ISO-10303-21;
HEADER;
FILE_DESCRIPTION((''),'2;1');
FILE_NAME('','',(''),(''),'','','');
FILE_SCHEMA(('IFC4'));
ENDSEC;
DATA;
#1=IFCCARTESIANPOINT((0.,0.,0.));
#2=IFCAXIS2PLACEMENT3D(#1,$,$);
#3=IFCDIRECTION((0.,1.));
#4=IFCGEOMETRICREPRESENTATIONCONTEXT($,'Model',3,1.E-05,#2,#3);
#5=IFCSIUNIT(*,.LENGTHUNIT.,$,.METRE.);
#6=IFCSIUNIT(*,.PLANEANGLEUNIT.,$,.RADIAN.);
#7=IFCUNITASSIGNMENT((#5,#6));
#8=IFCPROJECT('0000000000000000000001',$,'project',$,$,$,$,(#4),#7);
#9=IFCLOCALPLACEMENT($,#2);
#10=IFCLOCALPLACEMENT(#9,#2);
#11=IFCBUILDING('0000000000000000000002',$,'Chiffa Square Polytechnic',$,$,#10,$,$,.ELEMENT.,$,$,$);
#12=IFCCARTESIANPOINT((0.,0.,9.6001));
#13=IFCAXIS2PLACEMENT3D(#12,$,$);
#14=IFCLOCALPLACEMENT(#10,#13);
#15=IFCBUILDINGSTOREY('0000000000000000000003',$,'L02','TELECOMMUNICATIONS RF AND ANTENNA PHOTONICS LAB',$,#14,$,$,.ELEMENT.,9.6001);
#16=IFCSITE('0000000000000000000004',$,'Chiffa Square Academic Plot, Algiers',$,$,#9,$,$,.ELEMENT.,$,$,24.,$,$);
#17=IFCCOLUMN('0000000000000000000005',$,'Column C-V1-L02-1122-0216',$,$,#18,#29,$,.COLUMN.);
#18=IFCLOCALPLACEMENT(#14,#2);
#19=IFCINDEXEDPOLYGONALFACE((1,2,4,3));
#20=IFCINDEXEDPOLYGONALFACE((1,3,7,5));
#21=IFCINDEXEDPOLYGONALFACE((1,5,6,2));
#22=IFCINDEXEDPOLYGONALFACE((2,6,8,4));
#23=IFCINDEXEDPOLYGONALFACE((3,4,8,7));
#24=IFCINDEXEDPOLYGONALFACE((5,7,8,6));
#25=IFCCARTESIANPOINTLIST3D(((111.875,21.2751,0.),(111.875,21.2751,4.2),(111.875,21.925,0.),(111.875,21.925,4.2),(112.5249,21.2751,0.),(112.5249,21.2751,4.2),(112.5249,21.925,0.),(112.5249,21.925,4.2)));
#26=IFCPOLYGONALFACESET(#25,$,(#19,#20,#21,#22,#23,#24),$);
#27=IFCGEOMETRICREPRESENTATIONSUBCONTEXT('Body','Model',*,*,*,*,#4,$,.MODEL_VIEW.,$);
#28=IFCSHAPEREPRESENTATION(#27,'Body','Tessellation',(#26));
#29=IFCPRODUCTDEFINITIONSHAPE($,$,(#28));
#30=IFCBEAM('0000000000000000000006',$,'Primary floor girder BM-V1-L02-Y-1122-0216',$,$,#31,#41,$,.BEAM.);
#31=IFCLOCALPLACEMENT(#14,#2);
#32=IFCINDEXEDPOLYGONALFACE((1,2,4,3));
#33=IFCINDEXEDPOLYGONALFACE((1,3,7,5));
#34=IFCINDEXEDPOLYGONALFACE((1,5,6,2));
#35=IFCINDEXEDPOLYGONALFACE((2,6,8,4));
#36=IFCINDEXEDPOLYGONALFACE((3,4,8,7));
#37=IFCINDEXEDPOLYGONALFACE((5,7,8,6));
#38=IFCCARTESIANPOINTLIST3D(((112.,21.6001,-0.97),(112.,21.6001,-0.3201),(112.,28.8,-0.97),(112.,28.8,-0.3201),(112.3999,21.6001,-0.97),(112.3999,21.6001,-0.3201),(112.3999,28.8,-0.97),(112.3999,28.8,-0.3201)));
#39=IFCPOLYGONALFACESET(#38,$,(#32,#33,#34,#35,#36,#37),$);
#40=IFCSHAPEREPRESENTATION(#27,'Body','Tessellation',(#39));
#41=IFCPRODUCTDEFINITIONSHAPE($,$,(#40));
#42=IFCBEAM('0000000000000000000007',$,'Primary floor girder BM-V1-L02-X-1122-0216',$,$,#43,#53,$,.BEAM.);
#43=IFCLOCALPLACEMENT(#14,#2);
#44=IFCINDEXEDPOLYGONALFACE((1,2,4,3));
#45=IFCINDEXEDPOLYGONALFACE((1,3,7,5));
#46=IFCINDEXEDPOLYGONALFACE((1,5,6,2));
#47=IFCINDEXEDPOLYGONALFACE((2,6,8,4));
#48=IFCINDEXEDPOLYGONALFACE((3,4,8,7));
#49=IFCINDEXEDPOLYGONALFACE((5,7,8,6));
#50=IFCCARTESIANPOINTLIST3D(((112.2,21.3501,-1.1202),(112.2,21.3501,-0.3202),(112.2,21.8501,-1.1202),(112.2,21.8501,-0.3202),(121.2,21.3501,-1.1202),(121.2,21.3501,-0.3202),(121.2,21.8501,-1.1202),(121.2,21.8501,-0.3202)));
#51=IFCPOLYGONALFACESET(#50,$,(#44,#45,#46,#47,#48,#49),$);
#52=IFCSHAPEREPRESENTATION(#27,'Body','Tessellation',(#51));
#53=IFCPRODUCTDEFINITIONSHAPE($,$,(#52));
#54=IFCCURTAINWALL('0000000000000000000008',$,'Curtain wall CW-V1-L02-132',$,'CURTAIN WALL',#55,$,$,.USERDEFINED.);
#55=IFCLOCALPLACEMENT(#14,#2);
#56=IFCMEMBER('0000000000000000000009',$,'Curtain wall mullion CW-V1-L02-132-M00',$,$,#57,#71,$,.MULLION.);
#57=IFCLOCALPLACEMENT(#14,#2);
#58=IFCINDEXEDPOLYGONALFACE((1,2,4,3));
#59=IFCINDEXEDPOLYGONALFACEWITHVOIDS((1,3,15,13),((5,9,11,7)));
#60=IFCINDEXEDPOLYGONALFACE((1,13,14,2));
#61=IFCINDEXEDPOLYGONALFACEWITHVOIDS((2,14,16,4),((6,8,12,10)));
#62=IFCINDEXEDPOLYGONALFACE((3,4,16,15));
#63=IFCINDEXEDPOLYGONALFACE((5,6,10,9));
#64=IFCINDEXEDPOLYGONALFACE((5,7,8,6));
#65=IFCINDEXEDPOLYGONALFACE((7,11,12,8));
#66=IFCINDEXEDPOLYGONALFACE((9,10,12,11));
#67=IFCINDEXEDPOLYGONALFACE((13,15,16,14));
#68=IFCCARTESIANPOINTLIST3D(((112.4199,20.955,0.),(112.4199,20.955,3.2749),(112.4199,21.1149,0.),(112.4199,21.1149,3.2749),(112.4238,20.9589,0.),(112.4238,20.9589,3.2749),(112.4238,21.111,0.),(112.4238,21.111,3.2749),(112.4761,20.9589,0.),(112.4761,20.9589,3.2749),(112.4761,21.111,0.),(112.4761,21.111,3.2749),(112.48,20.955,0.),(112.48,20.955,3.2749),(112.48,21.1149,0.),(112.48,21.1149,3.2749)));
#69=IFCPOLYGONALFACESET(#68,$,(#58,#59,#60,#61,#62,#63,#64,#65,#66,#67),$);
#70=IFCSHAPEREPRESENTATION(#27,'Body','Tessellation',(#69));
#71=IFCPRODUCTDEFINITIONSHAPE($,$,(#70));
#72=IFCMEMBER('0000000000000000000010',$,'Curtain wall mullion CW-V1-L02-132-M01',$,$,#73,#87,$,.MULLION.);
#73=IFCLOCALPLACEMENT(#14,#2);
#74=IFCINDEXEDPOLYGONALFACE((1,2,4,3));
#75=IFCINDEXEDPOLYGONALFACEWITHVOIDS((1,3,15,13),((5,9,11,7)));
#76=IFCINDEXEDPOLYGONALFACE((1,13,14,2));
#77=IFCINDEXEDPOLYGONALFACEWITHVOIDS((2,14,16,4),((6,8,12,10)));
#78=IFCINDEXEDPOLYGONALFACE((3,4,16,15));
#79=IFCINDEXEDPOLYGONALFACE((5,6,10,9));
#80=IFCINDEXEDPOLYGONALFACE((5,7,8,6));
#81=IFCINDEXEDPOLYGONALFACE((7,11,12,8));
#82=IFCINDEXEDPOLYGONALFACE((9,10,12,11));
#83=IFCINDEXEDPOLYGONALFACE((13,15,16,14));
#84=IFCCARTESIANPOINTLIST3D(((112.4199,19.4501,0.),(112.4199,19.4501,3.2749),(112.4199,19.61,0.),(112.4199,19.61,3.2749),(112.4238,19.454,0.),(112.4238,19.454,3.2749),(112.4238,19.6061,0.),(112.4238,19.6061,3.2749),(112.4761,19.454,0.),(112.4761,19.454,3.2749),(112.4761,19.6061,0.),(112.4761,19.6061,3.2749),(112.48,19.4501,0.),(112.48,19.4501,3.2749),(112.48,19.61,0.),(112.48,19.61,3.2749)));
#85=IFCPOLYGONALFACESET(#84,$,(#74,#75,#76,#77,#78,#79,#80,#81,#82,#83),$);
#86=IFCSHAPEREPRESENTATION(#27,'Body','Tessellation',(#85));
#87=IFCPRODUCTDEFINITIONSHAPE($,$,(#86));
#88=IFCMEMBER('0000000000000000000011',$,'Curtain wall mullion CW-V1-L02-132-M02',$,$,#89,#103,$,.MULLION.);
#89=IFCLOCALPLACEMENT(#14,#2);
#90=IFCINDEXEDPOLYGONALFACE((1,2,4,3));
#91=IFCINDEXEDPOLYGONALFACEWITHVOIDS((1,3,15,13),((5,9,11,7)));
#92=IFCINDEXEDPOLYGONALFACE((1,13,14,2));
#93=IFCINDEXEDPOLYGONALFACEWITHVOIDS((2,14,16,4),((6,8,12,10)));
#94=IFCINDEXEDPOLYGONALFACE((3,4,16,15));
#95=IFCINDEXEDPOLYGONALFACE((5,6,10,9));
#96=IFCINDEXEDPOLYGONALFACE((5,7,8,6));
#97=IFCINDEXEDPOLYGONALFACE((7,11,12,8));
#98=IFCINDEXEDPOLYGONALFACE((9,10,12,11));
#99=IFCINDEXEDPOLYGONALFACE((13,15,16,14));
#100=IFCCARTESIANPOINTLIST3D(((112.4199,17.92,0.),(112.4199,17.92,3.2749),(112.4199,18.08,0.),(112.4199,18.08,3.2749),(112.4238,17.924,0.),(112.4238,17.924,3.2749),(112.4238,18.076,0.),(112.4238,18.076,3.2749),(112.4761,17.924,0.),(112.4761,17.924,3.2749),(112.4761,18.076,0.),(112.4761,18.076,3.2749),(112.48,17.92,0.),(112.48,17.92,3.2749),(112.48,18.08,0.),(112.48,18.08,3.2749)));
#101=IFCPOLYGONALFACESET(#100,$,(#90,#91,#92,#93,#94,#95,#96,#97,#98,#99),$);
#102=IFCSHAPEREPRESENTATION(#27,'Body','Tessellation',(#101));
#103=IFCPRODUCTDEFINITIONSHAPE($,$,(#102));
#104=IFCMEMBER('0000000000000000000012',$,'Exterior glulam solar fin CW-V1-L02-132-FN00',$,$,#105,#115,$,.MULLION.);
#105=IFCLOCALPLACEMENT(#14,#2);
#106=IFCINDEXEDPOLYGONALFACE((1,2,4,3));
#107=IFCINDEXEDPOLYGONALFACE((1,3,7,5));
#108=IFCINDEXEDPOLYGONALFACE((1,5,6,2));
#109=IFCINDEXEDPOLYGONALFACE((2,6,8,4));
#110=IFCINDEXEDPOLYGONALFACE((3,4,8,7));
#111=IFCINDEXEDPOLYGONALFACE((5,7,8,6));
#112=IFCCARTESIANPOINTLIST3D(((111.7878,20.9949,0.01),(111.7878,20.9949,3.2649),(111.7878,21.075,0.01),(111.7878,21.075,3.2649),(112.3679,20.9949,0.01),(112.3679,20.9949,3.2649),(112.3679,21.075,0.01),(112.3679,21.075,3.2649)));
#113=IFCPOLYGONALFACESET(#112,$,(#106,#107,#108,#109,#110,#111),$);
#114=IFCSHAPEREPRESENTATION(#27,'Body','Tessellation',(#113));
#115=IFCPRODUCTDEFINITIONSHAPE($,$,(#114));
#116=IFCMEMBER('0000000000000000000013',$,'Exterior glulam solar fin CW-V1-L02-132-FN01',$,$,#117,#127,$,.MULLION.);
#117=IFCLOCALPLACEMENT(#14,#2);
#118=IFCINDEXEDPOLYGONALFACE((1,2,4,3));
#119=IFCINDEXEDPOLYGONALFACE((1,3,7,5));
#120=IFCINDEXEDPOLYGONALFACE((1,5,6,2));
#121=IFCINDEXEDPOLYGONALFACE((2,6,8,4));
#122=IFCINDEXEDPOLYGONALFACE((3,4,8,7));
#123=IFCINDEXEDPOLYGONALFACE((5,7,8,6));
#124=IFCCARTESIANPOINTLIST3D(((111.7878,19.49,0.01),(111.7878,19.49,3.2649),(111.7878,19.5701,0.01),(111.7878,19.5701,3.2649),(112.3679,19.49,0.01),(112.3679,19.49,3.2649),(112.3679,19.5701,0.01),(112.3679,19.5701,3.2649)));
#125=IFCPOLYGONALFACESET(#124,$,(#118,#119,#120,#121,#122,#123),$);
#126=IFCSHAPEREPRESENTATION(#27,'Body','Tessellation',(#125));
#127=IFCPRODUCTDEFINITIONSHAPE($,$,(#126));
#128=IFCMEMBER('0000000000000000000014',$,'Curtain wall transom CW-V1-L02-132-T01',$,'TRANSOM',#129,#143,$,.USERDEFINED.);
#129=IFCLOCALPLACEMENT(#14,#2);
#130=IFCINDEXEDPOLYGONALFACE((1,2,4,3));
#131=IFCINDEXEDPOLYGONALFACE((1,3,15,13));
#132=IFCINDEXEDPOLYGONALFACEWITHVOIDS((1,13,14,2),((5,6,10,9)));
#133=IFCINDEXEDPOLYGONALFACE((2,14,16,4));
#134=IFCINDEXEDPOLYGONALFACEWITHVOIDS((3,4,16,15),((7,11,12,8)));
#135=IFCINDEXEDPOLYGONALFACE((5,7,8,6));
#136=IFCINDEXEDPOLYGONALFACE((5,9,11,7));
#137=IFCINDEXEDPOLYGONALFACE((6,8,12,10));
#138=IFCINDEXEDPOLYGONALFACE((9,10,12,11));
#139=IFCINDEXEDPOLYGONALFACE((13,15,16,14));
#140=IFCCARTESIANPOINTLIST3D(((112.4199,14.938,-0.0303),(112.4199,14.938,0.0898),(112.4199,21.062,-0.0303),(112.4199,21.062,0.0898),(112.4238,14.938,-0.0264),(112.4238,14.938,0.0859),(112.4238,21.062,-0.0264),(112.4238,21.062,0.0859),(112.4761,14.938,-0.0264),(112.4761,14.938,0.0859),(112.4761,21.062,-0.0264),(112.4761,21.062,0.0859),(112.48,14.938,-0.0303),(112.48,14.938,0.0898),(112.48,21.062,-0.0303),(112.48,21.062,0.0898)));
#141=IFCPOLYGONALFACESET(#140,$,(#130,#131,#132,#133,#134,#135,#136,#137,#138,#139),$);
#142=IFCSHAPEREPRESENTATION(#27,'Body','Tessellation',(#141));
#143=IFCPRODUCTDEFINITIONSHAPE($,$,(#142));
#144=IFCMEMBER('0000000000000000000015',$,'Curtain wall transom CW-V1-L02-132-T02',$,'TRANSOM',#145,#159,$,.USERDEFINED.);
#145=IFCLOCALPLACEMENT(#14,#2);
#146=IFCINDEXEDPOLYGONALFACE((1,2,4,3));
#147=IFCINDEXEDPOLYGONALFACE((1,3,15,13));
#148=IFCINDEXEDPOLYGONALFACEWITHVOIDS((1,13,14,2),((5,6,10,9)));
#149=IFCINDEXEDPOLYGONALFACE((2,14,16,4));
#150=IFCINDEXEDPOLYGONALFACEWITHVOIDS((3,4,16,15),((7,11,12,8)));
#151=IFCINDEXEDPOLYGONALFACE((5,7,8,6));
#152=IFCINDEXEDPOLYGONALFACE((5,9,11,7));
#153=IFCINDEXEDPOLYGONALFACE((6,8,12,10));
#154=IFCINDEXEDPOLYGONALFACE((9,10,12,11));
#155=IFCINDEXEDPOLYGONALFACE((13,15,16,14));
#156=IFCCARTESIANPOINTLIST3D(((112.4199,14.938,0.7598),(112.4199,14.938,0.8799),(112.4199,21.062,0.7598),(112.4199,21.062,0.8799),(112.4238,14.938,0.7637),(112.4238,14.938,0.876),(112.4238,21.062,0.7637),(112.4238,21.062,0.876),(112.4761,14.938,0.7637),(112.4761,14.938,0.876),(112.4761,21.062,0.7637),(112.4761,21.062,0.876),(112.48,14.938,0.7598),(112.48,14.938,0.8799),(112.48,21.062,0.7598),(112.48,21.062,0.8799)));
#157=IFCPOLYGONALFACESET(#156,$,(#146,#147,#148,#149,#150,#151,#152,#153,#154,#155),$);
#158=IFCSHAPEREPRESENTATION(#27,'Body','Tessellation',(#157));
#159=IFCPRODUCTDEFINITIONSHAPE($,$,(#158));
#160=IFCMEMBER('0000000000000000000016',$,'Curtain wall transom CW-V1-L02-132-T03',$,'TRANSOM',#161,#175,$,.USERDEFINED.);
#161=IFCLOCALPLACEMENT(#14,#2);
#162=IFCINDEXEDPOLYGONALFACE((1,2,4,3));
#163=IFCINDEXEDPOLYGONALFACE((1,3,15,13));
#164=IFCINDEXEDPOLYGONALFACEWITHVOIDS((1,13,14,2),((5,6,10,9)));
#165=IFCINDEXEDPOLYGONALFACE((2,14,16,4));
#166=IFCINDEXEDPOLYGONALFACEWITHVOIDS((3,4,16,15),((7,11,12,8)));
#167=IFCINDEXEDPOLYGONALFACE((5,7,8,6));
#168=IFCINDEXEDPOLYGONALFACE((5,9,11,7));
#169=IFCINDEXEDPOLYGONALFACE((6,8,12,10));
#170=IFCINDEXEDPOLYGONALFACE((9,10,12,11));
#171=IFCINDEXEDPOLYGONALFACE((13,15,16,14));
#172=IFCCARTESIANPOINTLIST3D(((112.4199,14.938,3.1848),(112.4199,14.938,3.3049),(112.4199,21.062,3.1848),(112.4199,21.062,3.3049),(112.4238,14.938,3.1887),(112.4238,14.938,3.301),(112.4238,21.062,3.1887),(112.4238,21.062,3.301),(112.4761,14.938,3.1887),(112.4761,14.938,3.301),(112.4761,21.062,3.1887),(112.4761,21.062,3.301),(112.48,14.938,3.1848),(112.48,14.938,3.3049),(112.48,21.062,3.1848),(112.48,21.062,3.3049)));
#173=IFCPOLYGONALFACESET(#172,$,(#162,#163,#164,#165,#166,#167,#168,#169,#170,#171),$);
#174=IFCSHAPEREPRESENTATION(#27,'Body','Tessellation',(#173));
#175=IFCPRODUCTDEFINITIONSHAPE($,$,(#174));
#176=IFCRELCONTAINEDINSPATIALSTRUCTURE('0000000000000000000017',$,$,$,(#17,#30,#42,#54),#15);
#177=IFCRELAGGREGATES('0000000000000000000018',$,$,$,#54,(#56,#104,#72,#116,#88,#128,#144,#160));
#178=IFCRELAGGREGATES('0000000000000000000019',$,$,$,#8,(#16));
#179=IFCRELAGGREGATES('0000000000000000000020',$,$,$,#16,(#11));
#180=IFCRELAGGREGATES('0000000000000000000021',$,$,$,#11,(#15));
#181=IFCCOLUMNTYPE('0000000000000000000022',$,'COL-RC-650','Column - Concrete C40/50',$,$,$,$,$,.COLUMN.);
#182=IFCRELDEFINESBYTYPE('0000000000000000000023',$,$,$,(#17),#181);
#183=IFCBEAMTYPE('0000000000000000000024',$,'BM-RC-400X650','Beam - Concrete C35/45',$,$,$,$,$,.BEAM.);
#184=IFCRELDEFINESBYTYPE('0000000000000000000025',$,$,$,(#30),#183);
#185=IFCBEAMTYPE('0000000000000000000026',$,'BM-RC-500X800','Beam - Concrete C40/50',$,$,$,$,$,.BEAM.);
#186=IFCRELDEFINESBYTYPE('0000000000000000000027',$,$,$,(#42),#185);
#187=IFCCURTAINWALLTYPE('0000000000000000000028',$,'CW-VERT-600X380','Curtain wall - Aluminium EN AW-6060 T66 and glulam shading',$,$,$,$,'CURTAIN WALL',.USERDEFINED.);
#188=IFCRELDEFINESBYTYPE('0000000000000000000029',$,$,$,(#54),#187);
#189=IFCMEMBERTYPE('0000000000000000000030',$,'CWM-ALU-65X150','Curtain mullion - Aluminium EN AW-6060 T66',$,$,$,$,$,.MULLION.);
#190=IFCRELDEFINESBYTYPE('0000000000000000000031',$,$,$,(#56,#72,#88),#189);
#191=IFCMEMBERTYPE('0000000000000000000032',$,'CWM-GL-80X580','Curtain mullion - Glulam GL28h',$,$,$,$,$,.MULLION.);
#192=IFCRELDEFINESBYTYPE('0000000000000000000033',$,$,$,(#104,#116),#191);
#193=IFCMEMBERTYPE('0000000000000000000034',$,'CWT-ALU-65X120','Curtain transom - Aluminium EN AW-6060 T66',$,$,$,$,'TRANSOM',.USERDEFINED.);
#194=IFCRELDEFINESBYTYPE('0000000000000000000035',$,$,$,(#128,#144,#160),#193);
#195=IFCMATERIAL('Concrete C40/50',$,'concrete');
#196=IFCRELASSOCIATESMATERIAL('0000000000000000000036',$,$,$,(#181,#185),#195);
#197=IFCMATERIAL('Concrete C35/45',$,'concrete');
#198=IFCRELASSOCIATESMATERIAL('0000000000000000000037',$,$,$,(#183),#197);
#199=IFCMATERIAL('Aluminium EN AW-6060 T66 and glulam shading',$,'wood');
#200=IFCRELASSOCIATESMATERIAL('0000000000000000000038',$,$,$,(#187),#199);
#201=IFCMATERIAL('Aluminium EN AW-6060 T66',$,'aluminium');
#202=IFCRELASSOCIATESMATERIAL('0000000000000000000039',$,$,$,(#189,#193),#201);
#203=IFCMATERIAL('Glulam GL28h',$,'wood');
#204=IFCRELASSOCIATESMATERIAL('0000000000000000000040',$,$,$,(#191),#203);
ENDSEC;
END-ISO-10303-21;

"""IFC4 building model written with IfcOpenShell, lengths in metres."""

from ifc_helpers import new_model, si_unit, direction, frame, origin, origin_2d, place, context, subcontext, project, spatial, rectangle, hollow_rectangle, extrude, material, material_profile, profile_set, type_object, element, aggregate, save


model = new_model("IFC4")

# Units and contexts
model_context = context("Model", 3, precision=1e-05, world=origin(), true_north=direction((0.0, 1.0)))
body_context = subcontext(model_context, "Body", "Model", "MODEL_VIEW")
ifc_project = project(units=[si_unit("LENGTHUNIT", "METRE"), si_unit("PLANEANGLEUNIT", "RADIAN")], contexts=[model_context])

# Site, building, storey
site_placement = place(None, origin())
site = spatial("IfcSite", under=ifc_project, at=site_placement, Name="Chiffa Square Academic Plot, Algiers", CompositionType="ELEMENT", RefElevation=24.0)
building_placement = place(site_placement, origin())
building = spatial("IfcBuilding", under=site, at=building_placement, Name="Chiffa Square Polytechnic", CompositionType="ELEMENT")
storey_placement = place(building_placement, frame((0.0, 0.0, 9.6001)))
storey = spatial("IfcBuildingStorey", under=building, at=storey_placement, Name="L02", Description="TELECOMMUNICATIONS RF AND ANTENNA PHOTONICS LAB", CompositionType="ELEMENT", Elevation=9.6001)

# Column
ifc_material_1 = material(Name="Concrete C40/50", Category="concrete")
ifc_material_profile_1 = material_profile(ifc_material_1, rectangle(XDim=0.6499, YDim=0.6499, at=origin_2d()), Name="RC 650x650")
ifc_profile_set_1 = profile_set([ifc_material_profile_1], Name="Concrete C40/50")
column_type = type_object("IfcColumnType", Name="COL-RC-650", Description="Column - Concrete C40/50", PredefinedType="COLUMN", material=ifc_profile_set_1)
column_placement = place(storey_placement, frame((112.2, 21.6001, 0.0), z_axis=(0.0, 0.0, 1.0), x_axis=(1.0, 0.0, 0.0)))
element("IfcColumn", 1, at=column_placement, inside=storey, type_object=column_type, Name="Column C-V1-L02-1122-0216", PredefinedType="COLUMN", context=body_context, shape_type="SweptSolid", body=[
    extrude(rectangle(XDim=0.6499, YDim=0.6499, at=origin_2d()), origin(), (0.0, 0.0, 1.0), 4.2),
])

# Beams
ifc_material_2 = material(Name="Concrete C35/45", Category="concrete")
ifc_material_profile_2 = material_profile(ifc_material_2, rectangle(XDim=0.3999, YDim=0.6499, at=origin_2d()), Name="RC 400x650")
ifc_profile_set_2 = profile_set([ifc_material_profile_2], Name="Concrete C35/45")
beam_type_1 = type_object("IfcBeamType", Name="BM-RC-400X650", Description="Beam - Concrete C35/45", PredefinedType="BEAM", material=ifc_profile_set_2)
beam_1_placement = place(storey_placement, frame((112.2, 21.6001, -0.645), z_axis=(0.0, 1.0, 0.0), x_axis=(-1.0, 0.0, 0.0)))
element("IfcBeam", 2, at=beam_1_placement, inside=storey, type_object=beam_type_1, Name="Primary floor girder BM-V1-L02-Y-1122-0216", PredefinedType="BEAM", context=body_context, shape_type="SweptSolid", body=[
    extrude(rectangle(XDim=0.3999, YDim=0.6499, at=origin_2d()), origin(), (0.0, 0.0, 1.0), 7.2),
])
ifc_material_profile_3 = material_profile(ifc_material_1, rectangle(XDim=0.5, YDim=0.8, at=origin_2d()), Name="RC 500x800")
ifc_profile_set_3 = profile_set([ifc_material_profile_3], Name="Concrete C40/50")
beam_type_2 = type_object("IfcBeamType", Name="BM-RC-500X800", Description="Beam - Concrete C40/50", PredefinedType="BEAM", material=ifc_profile_set_3)
beam_2_placement = place(storey_placement, frame((112.2, 21.6001, -0.7202), z_axis=(1.0, 0.0, 0.0), x_axis=(0.0, 1.0, 0.0)))
element("IfcBeam", 3, at=beam_2_placement, inside=storey, type_object=beam_type_2, Name="Primary floor girder BM-V1-L02-X-1122-0216", PredefinedType="BEAM", context=body_context, shape_type="SweptSolid", body=[
    extrude(rectangle(XDim=0.5, YDim=0.8, at=origin_2d()), origin(), (0.0, 0.0, 1.0), 9.0),
])

# Curtain wall, members
ifc_material_3 = material(Name="Aluminium EN AW-6060 T66 and glulam shading", Category="wood")
curtain_wall_type = type_object("IfcCurtainWallType", Name="CW-VERT-600X380", Description="Curtain wall - Aluminium EN AW-6060 T66 and glulam shading", ElementType="CURTAIN WALL", PredefinedType="USERDEFINED", material=ifc_material_3)
curtain_wall_placement = place(storey_placement, origin())
curtain_wall = element("IfcCurtainWall", 4, at=curtain_wall_placement, inside=storey, type_object=curtain_wall_type, Name="Curtain wall CW-V1-L02-132", ObjectType="CURTAIN WALL", PredefinedType="USERDEFINED")
ifc_material_4 = material(Name="Aluminium EN AW-6060 T66", Category="aluminium")
ifc_material_profile_4 = material_profile(ifc_material_4, hollow_rectangle(XDim=0.0601, YDim=0.1599, WallThickness=0.0039, at=origin_2d()), Name="ALU 60x160x4")
ifc_profile_set_4 = profile_set([ifc_material_profile_4], Name="Aluminium EN AW-6060 T66")
member_type_1 = type_object("IfcMemberType", Name="CWM-ALU-65X150", Description="Curtain mullion - Aluminium EN AW-6060 T66", PredefinedType="MULLION", material=ifc_profile_set_4)
member_1_placement = place(storey_placement, frame((112.45, 21.0349, 0.0), z_axis=(0.0, 0.0, 1.0), x_axis=(1.0, 0.0, 0.0)))
member_1 = element("IfcMember", 5, at=member_1_placement, type_object=member_type_1, Name="Curtain wall mullion CW-V1-L02-132-M00", PredefinedType="MULLION", context=body_context, shape_type="SweptSolid", body=[
    extrude(hollow_rectangle(XDim=0.0601, YDim=0.1599, WallThickness=0.0039, at=origin_2d()), origin(), (0.0, 0.0, 1.0), 3.2749),
])
member_2_placement = place(storey_placement, frame((112.45, 19.53, 0.0), z_axis=(0.0, 0.0, 1.0), x_axis=(1.0, 0.0, 0.0)))
member_2 = element("IfcMember", 6, at=member_2_placement, type_object=member_type_1, Name="Curtain wall mullion CW-V1-L02-132-M01", PredefinedType="MULLION", context=body_context, shape_type="SweptSolid", body=[
    extrude(hollow_rectangle(XDim=0.0601, YDim=0.1599, WallThickness=0.0039, at=origin_2d()), origin(), (0.0, 0.0, 1.0), 3.2749),
])
member_3_placement = place(storey_placement, frame((112.45, 18.0, 0.0), z_axis=(0.0, 0.0, 1.0), x_axis=(1.0, 0.0, 0.0)))
member_3 = element("IfcMember", 7, at=member_3_placement, type_object=member_type_1, Name="Curtain wall mullion CW-V1-L02-132-M02", PredefinedType="MULLION", context=body_context, shape_type="SweptSolid", body=[
    extrude(hollow_rectangle(XDim=0.0601, YDim=0.1599, WallThickness=0.0039, at=origin_2d()), origin(), (0.0, 0.0, 1.0), 3.2749),
])
ifc_material_5 = material(Name="Glulam GL28h", Category="wood")
ifc_material_profile_5 = material_profile(ifc_material_5, rectangle(XDim=0.0801, YDim=0.5801, at=origin_2d()), Name="GL28h 80x580")
ifc_profile_set_5 = profile_set([ifc_material_profile_5], Name="Glulam GL28h")
member_type_2 = type_object("IfcMemberType", Name="CWM-GL-80X580", Description="Curtain mullion - Glulam GL28h", PredefinedType="MULLION", material=ifc_profile_set_5)
member_4_placement = place(storey_placement, frame((112.0779, 21.0349, 0.01), z_axis=(0.0, 0.0, 1.0), x_axis=(0.0, -1.0, 0.0)))
member_4 = element("IfcMember", 8, at=member_4_placement, type_object=member_type_2, Name="Exterior glulam solar fin CW-V1-L02-132-FN00", PredefinedType="MULLION", context=body_context, shape_type="SweptSolid", body=[
    extrude(rectangle(XDim=0.0801, YDim=0.5801, at=origin_2d()), origin(), (0.0, 0.0, 1.0), 3.2549),
])
member_5_placement = place(storey_placement, frame((112.0779, 19.53, 0.01), z_axis=(0.0, 0.0, 1.0), x_axis=(0.0, -1.0, 0.0)))
member_5 = element("IfcMember", 9, at=member_5_placement, type_object=member_type_2, Name="Exterior glulam solar fin CW-V1-L02-132-FN01", PredefinedType="MULLION", context=body_context, shape_type="SweptSolid", body=[
    extrude(rectangle(XDim=0.0801, YDim=0.5801, at=origin_2d()), origin(), (0.0, 0.0, 1.0), 3.2549),
])
ifc_material_profile_6 = material_profile(ifc_material_4, hollow_rectangle(XDim=0.0601, YDim=0.1201, WallThickness=0.0039, at=origin_2d()), Name="ALU 60x120x4")
ifc_profile_set_6 = profile_set([ifc_material_profile_6], Name="Aluminium EN AW-6060 T66")
member_type_3 = type_object("IfcMemberType", Name="CWT-ALU-65X120", Description="Curtain transom - Aluminium EN AW-6060 T66", ElementType="TRANSOM", PredefinedType="USERDEFINED", material=ifc_profile_set_6)
member_6_placement = place(storey_placement, frame((112.45, 21.062, 0.0298), z_axis=(0.0, -1.0, 0.0), x_axis=(1.0, 0.0, 0.0)))
member_6 = element("IfcMember", 10, at=member_6_placement, type_object=member_type_3, Name="Curtain wall transom CW-V1-L02-132-T01", ObjectType="TRANSOM", PredefinedType="USERDEFINED", context=body_context, shape_type="SweptSolid", body=[
    extrude(hollow_rectangle(XDim=0.0601, YDim=0.1201, WallThickness=0.0039, at=origin_2d()), origin(), (0.0, 0.0, 1.0), 6.124),
])
member_7_placement = place(storey_placement, frame((112.45, 21.062, 0.8198), z_axis=(0.0, -1.0, 0.0), x_axis=(1.0, 0.0, 0.0)))
member_7 = element("IfcMember", 11, at=member_7_placement, type_object=member_type_3, Name="Curtain wall transom CW-V1-L02-132-T02", ObjectType="TRANSOM", PredefinedType="USERDEFINED", context=body_context, shape_type="SweptSolid", body=[
    extrude(hollow_rectangle(XDim=0.0601, YDim=0.1201, WallThickness=0.0039, at=origin_2d()), origin(), (0.0, 0.0, 1.0), 6.124),
])
member_8_placement = place(storey_placement, frame((112.45, 21.062, 3.2449), z_axis=(0.0, -1.0, 0.0), x_axis=(1.0, 0.0, 0.0)))
member_8 = element("IfcMember", 12, at=member_8_placement, type_object=member_type_3, Name="Curtain wall transom CW-V1-L02-132-T03", ObjectType="TRANSOM", PredefinedType="USERDEFINED", context=body_context, shape_type="SweptSolid", body=[
    extrude(hollow_rectangle(XDim=0.0601, YDim=0.1201, WallThickness=0.0039, at=origin_2d()), origin(), (0.0, 0.0, 1.0), 6.124),
])

aggregate(curtain_wall, [member_1, member_4, member_2, member_5, member_3, member_6, member_7, member_8])

save(model, "model.ifc")
